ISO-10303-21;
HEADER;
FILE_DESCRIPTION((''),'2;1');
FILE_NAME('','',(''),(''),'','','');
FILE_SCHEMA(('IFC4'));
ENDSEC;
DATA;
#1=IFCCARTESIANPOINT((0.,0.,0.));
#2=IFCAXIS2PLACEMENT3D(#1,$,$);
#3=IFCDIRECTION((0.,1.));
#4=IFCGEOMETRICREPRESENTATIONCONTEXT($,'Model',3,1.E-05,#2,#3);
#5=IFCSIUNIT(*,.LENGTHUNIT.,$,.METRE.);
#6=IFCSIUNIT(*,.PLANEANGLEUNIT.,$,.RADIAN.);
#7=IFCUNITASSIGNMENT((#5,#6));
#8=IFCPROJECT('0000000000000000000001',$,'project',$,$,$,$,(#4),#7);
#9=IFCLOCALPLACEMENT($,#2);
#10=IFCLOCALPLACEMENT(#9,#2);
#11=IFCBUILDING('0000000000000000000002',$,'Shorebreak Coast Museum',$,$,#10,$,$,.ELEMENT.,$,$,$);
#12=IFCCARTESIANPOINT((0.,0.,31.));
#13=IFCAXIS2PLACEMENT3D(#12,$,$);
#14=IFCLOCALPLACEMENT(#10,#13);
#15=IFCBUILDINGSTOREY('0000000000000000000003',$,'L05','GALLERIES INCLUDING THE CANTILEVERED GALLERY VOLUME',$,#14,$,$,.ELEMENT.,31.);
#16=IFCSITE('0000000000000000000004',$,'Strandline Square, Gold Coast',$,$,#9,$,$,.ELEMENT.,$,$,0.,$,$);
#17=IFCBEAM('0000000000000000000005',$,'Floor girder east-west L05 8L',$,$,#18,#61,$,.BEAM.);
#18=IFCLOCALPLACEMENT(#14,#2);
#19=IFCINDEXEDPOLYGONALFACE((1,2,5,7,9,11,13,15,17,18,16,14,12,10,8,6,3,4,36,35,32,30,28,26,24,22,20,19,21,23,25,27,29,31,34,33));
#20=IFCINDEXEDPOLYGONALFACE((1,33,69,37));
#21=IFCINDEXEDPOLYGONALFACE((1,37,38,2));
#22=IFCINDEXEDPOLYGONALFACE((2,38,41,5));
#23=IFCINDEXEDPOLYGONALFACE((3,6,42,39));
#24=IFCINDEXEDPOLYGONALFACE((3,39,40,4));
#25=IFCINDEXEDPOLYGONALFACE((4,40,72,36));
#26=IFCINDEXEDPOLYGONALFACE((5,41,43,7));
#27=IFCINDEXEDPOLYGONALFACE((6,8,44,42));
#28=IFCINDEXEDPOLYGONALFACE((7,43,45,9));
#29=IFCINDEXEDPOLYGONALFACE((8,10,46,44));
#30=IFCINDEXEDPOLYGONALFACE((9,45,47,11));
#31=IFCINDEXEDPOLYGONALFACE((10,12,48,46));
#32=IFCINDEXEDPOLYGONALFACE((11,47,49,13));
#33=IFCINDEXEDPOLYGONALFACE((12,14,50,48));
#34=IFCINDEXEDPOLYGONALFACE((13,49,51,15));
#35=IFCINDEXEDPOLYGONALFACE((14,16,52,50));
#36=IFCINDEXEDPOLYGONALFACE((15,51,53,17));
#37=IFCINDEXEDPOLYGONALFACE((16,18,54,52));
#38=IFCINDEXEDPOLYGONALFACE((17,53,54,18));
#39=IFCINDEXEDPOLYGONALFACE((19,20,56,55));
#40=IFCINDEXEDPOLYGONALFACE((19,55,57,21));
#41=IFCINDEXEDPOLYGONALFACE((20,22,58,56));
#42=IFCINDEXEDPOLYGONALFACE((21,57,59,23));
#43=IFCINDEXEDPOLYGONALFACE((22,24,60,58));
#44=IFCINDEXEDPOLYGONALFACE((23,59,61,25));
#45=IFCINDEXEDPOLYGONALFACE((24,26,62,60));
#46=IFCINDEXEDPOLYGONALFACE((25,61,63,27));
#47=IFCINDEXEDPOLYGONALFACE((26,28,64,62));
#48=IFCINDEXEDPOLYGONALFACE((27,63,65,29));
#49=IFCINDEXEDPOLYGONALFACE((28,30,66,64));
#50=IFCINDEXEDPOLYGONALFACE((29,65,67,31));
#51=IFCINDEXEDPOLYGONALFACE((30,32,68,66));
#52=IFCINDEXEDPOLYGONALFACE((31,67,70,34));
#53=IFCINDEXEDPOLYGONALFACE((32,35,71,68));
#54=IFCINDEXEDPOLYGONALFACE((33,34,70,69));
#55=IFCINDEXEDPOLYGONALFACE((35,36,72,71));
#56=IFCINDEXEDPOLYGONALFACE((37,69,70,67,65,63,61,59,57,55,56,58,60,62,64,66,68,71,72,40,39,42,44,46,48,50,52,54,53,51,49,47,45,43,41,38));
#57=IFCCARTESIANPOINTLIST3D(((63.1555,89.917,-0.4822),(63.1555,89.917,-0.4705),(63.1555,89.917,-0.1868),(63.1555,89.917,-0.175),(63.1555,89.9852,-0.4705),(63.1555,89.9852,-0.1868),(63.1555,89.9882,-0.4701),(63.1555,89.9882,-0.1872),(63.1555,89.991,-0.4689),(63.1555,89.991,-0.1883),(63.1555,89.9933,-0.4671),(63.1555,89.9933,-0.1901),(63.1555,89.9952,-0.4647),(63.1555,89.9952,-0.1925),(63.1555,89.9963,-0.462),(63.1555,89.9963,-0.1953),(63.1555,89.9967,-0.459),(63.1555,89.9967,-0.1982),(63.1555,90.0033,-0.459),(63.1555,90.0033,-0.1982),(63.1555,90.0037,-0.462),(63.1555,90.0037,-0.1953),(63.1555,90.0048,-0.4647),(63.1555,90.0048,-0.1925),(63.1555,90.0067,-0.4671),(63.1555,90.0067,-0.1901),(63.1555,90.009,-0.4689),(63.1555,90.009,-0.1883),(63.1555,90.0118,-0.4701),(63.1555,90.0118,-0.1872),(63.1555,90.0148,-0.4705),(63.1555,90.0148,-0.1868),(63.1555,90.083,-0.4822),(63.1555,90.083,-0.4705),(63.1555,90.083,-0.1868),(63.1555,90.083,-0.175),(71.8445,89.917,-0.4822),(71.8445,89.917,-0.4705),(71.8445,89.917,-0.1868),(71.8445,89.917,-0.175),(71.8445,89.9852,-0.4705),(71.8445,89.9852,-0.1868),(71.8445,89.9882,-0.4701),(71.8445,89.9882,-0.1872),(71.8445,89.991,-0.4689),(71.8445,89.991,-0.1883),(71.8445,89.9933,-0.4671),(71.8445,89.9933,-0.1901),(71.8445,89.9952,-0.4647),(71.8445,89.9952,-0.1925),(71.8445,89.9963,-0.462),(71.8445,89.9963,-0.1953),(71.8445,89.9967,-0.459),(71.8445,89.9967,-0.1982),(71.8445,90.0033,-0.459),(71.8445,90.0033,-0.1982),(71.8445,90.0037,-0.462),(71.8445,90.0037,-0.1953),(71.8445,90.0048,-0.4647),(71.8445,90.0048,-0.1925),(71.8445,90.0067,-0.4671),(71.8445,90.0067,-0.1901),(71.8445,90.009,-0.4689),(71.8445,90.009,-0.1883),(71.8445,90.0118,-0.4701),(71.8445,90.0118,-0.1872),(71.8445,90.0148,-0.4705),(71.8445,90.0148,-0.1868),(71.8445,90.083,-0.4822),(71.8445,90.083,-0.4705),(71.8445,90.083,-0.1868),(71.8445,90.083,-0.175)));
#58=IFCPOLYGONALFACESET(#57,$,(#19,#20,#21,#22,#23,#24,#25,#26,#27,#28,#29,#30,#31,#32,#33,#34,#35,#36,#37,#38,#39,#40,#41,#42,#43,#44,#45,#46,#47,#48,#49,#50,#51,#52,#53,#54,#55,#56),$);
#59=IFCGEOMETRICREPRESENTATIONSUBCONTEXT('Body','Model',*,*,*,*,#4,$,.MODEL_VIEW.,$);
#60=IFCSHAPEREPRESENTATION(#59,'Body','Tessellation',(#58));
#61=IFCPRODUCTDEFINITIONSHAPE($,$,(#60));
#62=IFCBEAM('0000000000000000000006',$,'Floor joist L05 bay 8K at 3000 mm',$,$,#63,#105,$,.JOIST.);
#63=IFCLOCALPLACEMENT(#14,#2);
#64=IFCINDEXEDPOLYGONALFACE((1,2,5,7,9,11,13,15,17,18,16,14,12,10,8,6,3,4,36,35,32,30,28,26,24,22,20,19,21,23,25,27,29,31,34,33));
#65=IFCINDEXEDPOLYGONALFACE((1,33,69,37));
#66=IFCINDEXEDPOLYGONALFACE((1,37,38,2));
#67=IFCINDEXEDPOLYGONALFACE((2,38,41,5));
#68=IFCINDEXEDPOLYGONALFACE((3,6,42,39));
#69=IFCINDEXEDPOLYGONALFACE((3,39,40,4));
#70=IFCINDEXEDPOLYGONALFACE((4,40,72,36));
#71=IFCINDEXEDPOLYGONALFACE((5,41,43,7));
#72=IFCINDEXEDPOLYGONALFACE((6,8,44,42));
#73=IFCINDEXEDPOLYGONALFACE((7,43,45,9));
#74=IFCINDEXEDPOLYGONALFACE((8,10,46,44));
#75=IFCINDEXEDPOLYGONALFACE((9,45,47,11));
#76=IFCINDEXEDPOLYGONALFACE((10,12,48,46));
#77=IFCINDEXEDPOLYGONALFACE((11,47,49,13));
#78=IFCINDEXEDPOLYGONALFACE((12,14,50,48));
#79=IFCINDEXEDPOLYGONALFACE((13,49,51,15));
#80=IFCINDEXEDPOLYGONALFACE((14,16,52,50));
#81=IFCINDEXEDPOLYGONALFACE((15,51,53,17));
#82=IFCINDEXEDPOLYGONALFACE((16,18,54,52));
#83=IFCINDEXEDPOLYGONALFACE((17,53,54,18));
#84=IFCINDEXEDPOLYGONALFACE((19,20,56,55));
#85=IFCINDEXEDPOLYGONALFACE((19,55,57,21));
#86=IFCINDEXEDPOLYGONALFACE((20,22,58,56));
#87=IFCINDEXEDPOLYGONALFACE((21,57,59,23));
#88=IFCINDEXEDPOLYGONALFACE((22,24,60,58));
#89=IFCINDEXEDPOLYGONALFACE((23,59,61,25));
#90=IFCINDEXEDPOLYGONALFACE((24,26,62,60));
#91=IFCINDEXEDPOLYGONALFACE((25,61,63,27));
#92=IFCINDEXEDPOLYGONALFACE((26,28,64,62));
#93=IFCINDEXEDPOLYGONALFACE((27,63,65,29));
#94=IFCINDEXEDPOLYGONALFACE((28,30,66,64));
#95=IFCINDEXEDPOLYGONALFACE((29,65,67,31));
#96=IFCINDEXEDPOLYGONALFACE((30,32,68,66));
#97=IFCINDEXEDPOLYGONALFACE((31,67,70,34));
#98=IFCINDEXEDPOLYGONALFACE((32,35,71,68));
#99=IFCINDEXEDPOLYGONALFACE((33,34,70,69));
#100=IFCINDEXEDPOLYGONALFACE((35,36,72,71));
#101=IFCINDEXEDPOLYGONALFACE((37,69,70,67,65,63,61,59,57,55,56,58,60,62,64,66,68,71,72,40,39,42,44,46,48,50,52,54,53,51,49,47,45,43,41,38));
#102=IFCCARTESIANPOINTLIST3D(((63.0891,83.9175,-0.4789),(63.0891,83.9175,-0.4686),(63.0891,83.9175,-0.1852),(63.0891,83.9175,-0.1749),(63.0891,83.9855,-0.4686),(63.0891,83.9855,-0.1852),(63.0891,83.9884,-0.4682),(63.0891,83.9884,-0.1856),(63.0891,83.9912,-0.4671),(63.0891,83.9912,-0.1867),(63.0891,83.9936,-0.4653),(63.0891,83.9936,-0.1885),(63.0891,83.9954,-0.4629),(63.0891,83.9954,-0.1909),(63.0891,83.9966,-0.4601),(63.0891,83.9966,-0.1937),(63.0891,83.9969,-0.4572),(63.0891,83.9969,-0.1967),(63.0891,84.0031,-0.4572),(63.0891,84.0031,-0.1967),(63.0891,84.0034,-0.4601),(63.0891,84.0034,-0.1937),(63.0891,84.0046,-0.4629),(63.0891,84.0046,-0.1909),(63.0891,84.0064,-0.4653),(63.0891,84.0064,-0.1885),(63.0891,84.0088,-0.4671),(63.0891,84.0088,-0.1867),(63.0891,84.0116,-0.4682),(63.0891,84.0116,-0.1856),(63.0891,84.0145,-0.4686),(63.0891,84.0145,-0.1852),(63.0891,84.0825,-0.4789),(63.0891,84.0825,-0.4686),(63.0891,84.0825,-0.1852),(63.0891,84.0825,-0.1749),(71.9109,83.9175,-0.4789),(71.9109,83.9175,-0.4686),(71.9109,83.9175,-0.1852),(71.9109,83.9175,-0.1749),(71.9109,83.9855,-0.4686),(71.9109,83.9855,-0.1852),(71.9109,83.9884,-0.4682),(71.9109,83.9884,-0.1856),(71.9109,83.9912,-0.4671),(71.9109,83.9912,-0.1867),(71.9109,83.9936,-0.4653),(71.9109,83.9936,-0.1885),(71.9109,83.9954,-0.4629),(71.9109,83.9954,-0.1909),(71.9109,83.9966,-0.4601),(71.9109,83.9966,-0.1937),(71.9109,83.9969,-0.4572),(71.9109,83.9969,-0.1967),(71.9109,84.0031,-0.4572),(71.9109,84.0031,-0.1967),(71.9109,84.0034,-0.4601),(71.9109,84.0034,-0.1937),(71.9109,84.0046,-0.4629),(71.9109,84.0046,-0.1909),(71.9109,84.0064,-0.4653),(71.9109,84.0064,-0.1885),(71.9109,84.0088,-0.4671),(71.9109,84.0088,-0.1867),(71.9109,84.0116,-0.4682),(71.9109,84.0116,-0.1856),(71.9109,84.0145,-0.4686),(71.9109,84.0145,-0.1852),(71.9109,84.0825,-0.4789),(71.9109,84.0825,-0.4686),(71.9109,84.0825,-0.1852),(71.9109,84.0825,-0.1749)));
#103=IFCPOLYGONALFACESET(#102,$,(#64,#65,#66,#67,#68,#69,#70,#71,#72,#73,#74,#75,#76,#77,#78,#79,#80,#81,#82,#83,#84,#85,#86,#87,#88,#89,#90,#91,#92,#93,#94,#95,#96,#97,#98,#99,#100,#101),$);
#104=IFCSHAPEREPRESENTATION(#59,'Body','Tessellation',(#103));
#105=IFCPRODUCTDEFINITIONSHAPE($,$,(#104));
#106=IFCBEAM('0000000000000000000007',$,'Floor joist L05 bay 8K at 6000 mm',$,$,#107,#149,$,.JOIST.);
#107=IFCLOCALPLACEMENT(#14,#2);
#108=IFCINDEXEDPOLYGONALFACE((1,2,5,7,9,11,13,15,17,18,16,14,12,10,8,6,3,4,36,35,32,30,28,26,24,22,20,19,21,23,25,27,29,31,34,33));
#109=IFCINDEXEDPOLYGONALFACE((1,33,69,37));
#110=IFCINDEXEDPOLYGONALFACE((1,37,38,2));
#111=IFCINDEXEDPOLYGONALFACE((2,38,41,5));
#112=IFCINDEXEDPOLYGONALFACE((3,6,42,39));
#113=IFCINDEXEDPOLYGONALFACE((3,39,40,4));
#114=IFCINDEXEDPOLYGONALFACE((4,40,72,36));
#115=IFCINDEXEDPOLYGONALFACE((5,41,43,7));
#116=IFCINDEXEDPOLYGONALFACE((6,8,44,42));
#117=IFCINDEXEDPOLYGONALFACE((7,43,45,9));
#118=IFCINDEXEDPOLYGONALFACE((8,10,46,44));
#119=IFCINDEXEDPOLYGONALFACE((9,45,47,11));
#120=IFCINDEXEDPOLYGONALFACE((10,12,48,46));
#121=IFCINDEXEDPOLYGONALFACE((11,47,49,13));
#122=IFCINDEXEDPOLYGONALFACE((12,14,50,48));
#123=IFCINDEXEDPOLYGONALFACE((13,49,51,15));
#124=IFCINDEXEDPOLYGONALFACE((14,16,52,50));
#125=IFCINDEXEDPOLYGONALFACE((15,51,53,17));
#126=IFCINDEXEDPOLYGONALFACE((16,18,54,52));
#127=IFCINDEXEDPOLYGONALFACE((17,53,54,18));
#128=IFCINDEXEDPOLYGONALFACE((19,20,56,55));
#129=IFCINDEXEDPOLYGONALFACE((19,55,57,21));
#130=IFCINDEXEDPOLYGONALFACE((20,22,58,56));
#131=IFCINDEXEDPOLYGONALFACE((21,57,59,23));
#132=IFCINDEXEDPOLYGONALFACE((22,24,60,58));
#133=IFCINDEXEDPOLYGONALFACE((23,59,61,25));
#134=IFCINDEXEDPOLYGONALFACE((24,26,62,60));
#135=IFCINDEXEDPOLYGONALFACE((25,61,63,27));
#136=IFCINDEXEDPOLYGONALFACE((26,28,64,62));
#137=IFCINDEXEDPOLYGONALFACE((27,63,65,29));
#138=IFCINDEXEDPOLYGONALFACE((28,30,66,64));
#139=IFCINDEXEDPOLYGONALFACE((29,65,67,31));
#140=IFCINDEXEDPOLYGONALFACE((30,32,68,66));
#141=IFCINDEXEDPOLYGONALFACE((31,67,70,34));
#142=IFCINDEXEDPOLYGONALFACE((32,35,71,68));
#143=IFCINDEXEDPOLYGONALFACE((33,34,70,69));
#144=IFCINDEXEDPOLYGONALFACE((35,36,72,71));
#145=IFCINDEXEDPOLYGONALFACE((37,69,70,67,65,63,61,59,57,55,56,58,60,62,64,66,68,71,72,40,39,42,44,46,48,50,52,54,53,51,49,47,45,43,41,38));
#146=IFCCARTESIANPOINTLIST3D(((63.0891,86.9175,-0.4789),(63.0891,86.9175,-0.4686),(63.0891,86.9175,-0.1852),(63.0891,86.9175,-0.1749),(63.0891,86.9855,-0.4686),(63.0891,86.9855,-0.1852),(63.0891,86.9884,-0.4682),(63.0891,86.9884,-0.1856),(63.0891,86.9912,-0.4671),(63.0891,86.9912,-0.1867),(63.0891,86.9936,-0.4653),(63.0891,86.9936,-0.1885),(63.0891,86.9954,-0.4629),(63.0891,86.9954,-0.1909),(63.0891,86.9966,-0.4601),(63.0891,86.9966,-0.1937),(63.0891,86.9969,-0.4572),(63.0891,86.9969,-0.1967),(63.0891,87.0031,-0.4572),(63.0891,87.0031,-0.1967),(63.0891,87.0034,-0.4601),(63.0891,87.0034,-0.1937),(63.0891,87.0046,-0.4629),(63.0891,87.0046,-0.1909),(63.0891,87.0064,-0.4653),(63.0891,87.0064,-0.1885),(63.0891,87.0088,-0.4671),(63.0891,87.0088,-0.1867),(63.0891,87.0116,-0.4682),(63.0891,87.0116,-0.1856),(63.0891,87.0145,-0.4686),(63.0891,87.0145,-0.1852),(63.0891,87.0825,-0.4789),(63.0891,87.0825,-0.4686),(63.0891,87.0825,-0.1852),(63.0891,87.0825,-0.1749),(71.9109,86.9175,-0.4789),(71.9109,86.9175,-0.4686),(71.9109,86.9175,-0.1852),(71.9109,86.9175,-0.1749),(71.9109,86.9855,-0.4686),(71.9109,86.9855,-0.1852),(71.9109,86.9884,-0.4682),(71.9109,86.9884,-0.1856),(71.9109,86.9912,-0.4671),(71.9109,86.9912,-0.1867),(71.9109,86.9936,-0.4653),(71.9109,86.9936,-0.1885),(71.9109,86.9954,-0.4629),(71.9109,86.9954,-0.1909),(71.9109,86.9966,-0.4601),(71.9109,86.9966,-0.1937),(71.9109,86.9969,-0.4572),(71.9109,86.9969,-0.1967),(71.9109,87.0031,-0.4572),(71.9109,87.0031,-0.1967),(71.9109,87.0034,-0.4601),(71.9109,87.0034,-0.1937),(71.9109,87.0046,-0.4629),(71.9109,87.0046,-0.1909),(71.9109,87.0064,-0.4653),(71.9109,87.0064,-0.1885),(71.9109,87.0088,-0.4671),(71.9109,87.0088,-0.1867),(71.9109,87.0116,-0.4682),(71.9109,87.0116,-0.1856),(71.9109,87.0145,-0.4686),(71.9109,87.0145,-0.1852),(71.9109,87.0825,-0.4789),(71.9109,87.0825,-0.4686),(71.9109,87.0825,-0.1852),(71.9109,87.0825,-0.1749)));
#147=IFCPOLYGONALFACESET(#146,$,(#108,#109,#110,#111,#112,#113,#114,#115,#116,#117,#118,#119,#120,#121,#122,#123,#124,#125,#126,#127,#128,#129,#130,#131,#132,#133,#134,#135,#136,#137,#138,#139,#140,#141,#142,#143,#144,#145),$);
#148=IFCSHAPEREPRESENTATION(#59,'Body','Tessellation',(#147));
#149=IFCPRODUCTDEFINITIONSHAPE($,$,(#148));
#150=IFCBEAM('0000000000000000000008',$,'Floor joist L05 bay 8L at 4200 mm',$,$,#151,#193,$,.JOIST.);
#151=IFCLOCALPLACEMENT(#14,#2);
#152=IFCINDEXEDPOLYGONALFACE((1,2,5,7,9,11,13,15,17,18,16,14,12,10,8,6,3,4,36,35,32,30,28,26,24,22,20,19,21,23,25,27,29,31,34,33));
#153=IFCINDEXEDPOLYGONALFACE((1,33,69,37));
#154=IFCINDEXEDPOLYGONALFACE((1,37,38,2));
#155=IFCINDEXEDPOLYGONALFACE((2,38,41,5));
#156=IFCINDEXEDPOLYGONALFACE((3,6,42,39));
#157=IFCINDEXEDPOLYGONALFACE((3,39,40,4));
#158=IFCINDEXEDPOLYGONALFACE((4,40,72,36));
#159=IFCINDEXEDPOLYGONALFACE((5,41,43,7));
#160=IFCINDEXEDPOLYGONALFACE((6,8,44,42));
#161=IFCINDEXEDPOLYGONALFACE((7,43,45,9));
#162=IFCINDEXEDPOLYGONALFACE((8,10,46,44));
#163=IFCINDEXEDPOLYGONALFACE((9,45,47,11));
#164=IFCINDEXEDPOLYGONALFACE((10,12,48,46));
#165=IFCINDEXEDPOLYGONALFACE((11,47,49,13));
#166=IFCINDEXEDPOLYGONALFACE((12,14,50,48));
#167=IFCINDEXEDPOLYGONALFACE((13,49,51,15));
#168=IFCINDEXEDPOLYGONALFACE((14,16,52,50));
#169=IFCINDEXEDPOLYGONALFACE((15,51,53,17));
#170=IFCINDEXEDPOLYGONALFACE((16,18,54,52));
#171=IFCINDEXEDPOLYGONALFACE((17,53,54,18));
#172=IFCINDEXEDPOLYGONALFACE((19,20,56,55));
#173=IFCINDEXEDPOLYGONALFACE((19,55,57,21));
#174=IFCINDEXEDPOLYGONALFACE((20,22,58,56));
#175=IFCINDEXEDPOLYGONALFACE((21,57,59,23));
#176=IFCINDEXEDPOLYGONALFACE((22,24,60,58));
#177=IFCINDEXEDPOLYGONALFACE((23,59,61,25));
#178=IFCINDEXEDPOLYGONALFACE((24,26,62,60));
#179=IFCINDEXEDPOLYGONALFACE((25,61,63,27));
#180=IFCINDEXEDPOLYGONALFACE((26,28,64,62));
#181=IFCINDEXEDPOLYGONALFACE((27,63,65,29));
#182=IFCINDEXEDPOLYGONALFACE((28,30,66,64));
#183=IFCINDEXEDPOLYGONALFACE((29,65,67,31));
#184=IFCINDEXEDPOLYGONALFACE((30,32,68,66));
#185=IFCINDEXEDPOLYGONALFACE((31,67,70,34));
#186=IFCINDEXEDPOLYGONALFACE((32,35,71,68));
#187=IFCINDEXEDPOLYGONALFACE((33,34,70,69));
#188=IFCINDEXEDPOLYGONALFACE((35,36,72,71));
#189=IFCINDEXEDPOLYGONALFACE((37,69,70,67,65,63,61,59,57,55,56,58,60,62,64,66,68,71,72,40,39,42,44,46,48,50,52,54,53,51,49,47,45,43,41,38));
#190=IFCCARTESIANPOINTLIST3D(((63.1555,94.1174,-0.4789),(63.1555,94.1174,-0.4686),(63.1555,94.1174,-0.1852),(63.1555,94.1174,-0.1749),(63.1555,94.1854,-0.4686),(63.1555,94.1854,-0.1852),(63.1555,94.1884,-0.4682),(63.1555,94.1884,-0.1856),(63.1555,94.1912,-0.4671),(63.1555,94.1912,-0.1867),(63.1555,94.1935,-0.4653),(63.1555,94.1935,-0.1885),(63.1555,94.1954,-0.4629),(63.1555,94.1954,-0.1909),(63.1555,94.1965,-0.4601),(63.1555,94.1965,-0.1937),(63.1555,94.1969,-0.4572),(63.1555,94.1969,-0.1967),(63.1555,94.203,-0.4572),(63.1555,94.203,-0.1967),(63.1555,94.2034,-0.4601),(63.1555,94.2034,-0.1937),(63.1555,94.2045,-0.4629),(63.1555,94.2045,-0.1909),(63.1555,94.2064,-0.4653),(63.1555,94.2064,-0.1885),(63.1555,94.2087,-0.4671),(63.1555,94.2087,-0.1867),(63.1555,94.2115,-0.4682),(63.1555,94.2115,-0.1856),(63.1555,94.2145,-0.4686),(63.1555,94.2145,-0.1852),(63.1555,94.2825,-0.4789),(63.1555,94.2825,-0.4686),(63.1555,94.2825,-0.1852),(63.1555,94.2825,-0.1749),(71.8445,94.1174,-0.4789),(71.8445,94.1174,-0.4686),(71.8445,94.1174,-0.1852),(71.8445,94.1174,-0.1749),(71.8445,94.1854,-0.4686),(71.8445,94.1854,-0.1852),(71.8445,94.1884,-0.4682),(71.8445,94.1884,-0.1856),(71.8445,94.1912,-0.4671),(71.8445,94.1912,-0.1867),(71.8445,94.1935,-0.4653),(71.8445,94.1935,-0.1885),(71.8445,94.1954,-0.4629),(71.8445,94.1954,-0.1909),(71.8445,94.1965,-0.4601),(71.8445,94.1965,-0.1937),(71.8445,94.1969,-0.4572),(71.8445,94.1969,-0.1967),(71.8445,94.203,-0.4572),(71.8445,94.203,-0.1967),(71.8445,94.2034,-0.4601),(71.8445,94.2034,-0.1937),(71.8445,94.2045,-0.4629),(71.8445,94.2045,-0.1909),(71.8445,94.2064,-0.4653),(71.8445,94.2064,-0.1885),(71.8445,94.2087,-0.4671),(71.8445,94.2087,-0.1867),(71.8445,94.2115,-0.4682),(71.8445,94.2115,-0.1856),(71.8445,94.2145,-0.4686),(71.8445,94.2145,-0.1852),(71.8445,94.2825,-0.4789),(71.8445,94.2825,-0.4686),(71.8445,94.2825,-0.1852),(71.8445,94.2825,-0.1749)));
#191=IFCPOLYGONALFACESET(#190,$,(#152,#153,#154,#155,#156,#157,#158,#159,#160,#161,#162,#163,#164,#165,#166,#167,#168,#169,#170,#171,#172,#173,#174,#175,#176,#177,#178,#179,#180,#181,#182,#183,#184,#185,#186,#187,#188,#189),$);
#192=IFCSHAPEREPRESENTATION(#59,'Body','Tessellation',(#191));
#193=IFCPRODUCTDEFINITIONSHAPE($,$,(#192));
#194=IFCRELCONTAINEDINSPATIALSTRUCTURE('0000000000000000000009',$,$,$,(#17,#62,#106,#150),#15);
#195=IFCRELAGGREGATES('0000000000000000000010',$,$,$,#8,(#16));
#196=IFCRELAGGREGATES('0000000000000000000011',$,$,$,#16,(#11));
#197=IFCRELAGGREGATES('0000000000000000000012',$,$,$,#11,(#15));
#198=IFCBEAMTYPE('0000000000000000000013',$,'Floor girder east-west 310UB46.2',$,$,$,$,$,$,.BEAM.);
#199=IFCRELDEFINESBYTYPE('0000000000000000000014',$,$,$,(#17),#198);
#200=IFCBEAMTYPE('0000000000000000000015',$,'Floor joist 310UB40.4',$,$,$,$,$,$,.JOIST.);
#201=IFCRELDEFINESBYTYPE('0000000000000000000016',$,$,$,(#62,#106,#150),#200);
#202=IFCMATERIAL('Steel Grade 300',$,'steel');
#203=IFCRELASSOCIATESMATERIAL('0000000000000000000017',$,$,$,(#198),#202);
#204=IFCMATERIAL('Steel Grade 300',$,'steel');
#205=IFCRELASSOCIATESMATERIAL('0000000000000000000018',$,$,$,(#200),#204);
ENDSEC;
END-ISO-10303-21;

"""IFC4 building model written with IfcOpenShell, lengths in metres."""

from ifc_helpers import new_model, si_unit, direction, frame, origin, origin_2d, place, context, subcontext, project, spatial, i_section, extrude, material, material_profile, profile_set, type_object, element, save


model = new_model("IFC4")

# Units and contexts
model_context = context("Model", 3, precision=1e-05, world=origin(), true_north=direction((0.0, 1.0)))
body_context = subcontext(model_context, "Body", "Model", "MODEL_VIEW")
ifc_project = project(units=[si_unit("LENGTHUNIT", "METRE"), si_unit("PLANEANGLEUNIT", "RADIAN")], contexts=[model_context])

# Site, building, storey
site_placement = place(None, origin())
site = spatial("IfcSite", under=ifc_project, at=site_placement, Name="Strandline Square, Gold Coast", CompositionType="ELEMENT", RefElevation=0.0)
building_placement = place(site_placement, origin())
building = spatial("IfcBuilding", under=site, at=building_placement, Name="Shorebreak Coast Museum", CompositionType="ELEMENT")
storey_placement = place(building_placement, frame((0.0, 0.0, 31.0)))
storey = spatial("IfcBuildingStorey", under=building, at=storey_placement, Name="L05", Description="GALLERIES INCLUDING THE CANTILEVERED GALLERY VOLUME", CompositionType="ELEMENT", Elevation=31.0)

# Beams
ifc_material_1 = material(Name="Steel Grade 300", Category="steel")
ifc_material_profile_1 = material_profile(ifc_material_1, i_section(OverallWidth=0.166, OverallDepth=0.3071, WebThickness=0.0066, FlangeThickness=0.0117, FilletRadius=0.0115, at=origin_2d()), Name="310UB46.2")
ifc_profile_set_1 = profile_set([ifc_material_profile_1], Name="Steel Grade 300")
beam_type_1 = type_object("IfcBeamType", Name="Floor girder east-west 310UB46.2", PredefinedType="BEAM", material=ifc_profile_set_1)
beam_1_placement = place(storey_placement, frame((63.1555, 90.0, -0.3286), z_axis=(1.0, 0.0, 0.0), x_axis=(0.0, 1.0, 0.0)))
element("IfcBeam", 1, at=beam_1_placement, inside=storey, type_object=beam_type_1, Name="Floor girder east-west L05 8L", PredefinedType="BEAM", context=body_context, shape_type="SweptSolid", body=[
    extrude(i_section(OverallWidth=0.166, OverallDepth=0.3071, WebThickness=0.0066, FlangeThickness=0.0117, FilletRadius=0.0115, at=origin_2d()), origin(), (0.0, 0.0, 1.0), 8.689),
])
ifc_material_2 = material(Name="Steel Grade 300", Category="steel")
ifc_material_profile_2 = material_profile(ifc_material_2, i_section(OverallWidth=0.165, OverallDepth=0.304, WebThickness=0.0061, FlangeThickness=0.0103, FilletRadius=0.0115, at=origin_2d()), Name="310UB40.4")
ifc_profile_set_2 = profile_set([ifc_material_profile_2], Name="Steel Grade 300")
beam_type_2 = type_object("IfcBeamType", Name="Floor joist 310UB40.4", PredefinedType="JOIST", material=ifc_profile_set_2)
for number, where, z_axis, x_axis, name in (
    (2, (63.0891, 84.0, -0.3269), (1.0, 0.0, 0.0), (0.0, 1.0, 0.0), "Floor joist L05 bay 8K at 3000 mm"),
    (3, (63.0891, 87.0, -0.3269), (1.0, 0.0, 0.0), (0.0, 1.0, 0.0), "Floor joist L05 bay 8K at 6000 mm"),
):
    element("IfcBeam", number, at=place(storey_placement, frame(where, z_axis=z_axis, x_axis=x_axis)), inside=storey, type_object=beam_type_2, Name=name, PredefinedType="JOIST", context=body_context, shape_type="SweptSolid", body=[
        extrude(i_section(OverallWidth=0.165, OverallDepth=0.304, WebThickness=0.0061, FlangeThickness=0.0103, FilletRadius=0.0115, at=origin_2d()), origin(), (0.0, 0.0, 1.0), 8.8218),
    ])
beam_2_placement = place(storey_placement, frame((63.1555, 94.2, -0.3269), z_axis=(1.0, 0.0, 0.0), x_axis=(0.0, 1.0, 0.0)))
element("IfcBeam", 4, at=beam_2_placement, inside=storey, type_object=beam_type_2, Name="Floor joist L05 bay 8L at 4200 mm", PredefinedType="JOIST", context=body_context, shape_type="SweptSolid", body=[
    extrude(i_section(OverallWidth=0.165, OverallDepth=0.304, WebThickness=0.0061, FlangeThickness=0.0103, FilletRadius=0.0115, at=origin_2d()), origin(), (0.0, 0.0, 1.0), 8.689),
])

save(model, "model.ifc")
